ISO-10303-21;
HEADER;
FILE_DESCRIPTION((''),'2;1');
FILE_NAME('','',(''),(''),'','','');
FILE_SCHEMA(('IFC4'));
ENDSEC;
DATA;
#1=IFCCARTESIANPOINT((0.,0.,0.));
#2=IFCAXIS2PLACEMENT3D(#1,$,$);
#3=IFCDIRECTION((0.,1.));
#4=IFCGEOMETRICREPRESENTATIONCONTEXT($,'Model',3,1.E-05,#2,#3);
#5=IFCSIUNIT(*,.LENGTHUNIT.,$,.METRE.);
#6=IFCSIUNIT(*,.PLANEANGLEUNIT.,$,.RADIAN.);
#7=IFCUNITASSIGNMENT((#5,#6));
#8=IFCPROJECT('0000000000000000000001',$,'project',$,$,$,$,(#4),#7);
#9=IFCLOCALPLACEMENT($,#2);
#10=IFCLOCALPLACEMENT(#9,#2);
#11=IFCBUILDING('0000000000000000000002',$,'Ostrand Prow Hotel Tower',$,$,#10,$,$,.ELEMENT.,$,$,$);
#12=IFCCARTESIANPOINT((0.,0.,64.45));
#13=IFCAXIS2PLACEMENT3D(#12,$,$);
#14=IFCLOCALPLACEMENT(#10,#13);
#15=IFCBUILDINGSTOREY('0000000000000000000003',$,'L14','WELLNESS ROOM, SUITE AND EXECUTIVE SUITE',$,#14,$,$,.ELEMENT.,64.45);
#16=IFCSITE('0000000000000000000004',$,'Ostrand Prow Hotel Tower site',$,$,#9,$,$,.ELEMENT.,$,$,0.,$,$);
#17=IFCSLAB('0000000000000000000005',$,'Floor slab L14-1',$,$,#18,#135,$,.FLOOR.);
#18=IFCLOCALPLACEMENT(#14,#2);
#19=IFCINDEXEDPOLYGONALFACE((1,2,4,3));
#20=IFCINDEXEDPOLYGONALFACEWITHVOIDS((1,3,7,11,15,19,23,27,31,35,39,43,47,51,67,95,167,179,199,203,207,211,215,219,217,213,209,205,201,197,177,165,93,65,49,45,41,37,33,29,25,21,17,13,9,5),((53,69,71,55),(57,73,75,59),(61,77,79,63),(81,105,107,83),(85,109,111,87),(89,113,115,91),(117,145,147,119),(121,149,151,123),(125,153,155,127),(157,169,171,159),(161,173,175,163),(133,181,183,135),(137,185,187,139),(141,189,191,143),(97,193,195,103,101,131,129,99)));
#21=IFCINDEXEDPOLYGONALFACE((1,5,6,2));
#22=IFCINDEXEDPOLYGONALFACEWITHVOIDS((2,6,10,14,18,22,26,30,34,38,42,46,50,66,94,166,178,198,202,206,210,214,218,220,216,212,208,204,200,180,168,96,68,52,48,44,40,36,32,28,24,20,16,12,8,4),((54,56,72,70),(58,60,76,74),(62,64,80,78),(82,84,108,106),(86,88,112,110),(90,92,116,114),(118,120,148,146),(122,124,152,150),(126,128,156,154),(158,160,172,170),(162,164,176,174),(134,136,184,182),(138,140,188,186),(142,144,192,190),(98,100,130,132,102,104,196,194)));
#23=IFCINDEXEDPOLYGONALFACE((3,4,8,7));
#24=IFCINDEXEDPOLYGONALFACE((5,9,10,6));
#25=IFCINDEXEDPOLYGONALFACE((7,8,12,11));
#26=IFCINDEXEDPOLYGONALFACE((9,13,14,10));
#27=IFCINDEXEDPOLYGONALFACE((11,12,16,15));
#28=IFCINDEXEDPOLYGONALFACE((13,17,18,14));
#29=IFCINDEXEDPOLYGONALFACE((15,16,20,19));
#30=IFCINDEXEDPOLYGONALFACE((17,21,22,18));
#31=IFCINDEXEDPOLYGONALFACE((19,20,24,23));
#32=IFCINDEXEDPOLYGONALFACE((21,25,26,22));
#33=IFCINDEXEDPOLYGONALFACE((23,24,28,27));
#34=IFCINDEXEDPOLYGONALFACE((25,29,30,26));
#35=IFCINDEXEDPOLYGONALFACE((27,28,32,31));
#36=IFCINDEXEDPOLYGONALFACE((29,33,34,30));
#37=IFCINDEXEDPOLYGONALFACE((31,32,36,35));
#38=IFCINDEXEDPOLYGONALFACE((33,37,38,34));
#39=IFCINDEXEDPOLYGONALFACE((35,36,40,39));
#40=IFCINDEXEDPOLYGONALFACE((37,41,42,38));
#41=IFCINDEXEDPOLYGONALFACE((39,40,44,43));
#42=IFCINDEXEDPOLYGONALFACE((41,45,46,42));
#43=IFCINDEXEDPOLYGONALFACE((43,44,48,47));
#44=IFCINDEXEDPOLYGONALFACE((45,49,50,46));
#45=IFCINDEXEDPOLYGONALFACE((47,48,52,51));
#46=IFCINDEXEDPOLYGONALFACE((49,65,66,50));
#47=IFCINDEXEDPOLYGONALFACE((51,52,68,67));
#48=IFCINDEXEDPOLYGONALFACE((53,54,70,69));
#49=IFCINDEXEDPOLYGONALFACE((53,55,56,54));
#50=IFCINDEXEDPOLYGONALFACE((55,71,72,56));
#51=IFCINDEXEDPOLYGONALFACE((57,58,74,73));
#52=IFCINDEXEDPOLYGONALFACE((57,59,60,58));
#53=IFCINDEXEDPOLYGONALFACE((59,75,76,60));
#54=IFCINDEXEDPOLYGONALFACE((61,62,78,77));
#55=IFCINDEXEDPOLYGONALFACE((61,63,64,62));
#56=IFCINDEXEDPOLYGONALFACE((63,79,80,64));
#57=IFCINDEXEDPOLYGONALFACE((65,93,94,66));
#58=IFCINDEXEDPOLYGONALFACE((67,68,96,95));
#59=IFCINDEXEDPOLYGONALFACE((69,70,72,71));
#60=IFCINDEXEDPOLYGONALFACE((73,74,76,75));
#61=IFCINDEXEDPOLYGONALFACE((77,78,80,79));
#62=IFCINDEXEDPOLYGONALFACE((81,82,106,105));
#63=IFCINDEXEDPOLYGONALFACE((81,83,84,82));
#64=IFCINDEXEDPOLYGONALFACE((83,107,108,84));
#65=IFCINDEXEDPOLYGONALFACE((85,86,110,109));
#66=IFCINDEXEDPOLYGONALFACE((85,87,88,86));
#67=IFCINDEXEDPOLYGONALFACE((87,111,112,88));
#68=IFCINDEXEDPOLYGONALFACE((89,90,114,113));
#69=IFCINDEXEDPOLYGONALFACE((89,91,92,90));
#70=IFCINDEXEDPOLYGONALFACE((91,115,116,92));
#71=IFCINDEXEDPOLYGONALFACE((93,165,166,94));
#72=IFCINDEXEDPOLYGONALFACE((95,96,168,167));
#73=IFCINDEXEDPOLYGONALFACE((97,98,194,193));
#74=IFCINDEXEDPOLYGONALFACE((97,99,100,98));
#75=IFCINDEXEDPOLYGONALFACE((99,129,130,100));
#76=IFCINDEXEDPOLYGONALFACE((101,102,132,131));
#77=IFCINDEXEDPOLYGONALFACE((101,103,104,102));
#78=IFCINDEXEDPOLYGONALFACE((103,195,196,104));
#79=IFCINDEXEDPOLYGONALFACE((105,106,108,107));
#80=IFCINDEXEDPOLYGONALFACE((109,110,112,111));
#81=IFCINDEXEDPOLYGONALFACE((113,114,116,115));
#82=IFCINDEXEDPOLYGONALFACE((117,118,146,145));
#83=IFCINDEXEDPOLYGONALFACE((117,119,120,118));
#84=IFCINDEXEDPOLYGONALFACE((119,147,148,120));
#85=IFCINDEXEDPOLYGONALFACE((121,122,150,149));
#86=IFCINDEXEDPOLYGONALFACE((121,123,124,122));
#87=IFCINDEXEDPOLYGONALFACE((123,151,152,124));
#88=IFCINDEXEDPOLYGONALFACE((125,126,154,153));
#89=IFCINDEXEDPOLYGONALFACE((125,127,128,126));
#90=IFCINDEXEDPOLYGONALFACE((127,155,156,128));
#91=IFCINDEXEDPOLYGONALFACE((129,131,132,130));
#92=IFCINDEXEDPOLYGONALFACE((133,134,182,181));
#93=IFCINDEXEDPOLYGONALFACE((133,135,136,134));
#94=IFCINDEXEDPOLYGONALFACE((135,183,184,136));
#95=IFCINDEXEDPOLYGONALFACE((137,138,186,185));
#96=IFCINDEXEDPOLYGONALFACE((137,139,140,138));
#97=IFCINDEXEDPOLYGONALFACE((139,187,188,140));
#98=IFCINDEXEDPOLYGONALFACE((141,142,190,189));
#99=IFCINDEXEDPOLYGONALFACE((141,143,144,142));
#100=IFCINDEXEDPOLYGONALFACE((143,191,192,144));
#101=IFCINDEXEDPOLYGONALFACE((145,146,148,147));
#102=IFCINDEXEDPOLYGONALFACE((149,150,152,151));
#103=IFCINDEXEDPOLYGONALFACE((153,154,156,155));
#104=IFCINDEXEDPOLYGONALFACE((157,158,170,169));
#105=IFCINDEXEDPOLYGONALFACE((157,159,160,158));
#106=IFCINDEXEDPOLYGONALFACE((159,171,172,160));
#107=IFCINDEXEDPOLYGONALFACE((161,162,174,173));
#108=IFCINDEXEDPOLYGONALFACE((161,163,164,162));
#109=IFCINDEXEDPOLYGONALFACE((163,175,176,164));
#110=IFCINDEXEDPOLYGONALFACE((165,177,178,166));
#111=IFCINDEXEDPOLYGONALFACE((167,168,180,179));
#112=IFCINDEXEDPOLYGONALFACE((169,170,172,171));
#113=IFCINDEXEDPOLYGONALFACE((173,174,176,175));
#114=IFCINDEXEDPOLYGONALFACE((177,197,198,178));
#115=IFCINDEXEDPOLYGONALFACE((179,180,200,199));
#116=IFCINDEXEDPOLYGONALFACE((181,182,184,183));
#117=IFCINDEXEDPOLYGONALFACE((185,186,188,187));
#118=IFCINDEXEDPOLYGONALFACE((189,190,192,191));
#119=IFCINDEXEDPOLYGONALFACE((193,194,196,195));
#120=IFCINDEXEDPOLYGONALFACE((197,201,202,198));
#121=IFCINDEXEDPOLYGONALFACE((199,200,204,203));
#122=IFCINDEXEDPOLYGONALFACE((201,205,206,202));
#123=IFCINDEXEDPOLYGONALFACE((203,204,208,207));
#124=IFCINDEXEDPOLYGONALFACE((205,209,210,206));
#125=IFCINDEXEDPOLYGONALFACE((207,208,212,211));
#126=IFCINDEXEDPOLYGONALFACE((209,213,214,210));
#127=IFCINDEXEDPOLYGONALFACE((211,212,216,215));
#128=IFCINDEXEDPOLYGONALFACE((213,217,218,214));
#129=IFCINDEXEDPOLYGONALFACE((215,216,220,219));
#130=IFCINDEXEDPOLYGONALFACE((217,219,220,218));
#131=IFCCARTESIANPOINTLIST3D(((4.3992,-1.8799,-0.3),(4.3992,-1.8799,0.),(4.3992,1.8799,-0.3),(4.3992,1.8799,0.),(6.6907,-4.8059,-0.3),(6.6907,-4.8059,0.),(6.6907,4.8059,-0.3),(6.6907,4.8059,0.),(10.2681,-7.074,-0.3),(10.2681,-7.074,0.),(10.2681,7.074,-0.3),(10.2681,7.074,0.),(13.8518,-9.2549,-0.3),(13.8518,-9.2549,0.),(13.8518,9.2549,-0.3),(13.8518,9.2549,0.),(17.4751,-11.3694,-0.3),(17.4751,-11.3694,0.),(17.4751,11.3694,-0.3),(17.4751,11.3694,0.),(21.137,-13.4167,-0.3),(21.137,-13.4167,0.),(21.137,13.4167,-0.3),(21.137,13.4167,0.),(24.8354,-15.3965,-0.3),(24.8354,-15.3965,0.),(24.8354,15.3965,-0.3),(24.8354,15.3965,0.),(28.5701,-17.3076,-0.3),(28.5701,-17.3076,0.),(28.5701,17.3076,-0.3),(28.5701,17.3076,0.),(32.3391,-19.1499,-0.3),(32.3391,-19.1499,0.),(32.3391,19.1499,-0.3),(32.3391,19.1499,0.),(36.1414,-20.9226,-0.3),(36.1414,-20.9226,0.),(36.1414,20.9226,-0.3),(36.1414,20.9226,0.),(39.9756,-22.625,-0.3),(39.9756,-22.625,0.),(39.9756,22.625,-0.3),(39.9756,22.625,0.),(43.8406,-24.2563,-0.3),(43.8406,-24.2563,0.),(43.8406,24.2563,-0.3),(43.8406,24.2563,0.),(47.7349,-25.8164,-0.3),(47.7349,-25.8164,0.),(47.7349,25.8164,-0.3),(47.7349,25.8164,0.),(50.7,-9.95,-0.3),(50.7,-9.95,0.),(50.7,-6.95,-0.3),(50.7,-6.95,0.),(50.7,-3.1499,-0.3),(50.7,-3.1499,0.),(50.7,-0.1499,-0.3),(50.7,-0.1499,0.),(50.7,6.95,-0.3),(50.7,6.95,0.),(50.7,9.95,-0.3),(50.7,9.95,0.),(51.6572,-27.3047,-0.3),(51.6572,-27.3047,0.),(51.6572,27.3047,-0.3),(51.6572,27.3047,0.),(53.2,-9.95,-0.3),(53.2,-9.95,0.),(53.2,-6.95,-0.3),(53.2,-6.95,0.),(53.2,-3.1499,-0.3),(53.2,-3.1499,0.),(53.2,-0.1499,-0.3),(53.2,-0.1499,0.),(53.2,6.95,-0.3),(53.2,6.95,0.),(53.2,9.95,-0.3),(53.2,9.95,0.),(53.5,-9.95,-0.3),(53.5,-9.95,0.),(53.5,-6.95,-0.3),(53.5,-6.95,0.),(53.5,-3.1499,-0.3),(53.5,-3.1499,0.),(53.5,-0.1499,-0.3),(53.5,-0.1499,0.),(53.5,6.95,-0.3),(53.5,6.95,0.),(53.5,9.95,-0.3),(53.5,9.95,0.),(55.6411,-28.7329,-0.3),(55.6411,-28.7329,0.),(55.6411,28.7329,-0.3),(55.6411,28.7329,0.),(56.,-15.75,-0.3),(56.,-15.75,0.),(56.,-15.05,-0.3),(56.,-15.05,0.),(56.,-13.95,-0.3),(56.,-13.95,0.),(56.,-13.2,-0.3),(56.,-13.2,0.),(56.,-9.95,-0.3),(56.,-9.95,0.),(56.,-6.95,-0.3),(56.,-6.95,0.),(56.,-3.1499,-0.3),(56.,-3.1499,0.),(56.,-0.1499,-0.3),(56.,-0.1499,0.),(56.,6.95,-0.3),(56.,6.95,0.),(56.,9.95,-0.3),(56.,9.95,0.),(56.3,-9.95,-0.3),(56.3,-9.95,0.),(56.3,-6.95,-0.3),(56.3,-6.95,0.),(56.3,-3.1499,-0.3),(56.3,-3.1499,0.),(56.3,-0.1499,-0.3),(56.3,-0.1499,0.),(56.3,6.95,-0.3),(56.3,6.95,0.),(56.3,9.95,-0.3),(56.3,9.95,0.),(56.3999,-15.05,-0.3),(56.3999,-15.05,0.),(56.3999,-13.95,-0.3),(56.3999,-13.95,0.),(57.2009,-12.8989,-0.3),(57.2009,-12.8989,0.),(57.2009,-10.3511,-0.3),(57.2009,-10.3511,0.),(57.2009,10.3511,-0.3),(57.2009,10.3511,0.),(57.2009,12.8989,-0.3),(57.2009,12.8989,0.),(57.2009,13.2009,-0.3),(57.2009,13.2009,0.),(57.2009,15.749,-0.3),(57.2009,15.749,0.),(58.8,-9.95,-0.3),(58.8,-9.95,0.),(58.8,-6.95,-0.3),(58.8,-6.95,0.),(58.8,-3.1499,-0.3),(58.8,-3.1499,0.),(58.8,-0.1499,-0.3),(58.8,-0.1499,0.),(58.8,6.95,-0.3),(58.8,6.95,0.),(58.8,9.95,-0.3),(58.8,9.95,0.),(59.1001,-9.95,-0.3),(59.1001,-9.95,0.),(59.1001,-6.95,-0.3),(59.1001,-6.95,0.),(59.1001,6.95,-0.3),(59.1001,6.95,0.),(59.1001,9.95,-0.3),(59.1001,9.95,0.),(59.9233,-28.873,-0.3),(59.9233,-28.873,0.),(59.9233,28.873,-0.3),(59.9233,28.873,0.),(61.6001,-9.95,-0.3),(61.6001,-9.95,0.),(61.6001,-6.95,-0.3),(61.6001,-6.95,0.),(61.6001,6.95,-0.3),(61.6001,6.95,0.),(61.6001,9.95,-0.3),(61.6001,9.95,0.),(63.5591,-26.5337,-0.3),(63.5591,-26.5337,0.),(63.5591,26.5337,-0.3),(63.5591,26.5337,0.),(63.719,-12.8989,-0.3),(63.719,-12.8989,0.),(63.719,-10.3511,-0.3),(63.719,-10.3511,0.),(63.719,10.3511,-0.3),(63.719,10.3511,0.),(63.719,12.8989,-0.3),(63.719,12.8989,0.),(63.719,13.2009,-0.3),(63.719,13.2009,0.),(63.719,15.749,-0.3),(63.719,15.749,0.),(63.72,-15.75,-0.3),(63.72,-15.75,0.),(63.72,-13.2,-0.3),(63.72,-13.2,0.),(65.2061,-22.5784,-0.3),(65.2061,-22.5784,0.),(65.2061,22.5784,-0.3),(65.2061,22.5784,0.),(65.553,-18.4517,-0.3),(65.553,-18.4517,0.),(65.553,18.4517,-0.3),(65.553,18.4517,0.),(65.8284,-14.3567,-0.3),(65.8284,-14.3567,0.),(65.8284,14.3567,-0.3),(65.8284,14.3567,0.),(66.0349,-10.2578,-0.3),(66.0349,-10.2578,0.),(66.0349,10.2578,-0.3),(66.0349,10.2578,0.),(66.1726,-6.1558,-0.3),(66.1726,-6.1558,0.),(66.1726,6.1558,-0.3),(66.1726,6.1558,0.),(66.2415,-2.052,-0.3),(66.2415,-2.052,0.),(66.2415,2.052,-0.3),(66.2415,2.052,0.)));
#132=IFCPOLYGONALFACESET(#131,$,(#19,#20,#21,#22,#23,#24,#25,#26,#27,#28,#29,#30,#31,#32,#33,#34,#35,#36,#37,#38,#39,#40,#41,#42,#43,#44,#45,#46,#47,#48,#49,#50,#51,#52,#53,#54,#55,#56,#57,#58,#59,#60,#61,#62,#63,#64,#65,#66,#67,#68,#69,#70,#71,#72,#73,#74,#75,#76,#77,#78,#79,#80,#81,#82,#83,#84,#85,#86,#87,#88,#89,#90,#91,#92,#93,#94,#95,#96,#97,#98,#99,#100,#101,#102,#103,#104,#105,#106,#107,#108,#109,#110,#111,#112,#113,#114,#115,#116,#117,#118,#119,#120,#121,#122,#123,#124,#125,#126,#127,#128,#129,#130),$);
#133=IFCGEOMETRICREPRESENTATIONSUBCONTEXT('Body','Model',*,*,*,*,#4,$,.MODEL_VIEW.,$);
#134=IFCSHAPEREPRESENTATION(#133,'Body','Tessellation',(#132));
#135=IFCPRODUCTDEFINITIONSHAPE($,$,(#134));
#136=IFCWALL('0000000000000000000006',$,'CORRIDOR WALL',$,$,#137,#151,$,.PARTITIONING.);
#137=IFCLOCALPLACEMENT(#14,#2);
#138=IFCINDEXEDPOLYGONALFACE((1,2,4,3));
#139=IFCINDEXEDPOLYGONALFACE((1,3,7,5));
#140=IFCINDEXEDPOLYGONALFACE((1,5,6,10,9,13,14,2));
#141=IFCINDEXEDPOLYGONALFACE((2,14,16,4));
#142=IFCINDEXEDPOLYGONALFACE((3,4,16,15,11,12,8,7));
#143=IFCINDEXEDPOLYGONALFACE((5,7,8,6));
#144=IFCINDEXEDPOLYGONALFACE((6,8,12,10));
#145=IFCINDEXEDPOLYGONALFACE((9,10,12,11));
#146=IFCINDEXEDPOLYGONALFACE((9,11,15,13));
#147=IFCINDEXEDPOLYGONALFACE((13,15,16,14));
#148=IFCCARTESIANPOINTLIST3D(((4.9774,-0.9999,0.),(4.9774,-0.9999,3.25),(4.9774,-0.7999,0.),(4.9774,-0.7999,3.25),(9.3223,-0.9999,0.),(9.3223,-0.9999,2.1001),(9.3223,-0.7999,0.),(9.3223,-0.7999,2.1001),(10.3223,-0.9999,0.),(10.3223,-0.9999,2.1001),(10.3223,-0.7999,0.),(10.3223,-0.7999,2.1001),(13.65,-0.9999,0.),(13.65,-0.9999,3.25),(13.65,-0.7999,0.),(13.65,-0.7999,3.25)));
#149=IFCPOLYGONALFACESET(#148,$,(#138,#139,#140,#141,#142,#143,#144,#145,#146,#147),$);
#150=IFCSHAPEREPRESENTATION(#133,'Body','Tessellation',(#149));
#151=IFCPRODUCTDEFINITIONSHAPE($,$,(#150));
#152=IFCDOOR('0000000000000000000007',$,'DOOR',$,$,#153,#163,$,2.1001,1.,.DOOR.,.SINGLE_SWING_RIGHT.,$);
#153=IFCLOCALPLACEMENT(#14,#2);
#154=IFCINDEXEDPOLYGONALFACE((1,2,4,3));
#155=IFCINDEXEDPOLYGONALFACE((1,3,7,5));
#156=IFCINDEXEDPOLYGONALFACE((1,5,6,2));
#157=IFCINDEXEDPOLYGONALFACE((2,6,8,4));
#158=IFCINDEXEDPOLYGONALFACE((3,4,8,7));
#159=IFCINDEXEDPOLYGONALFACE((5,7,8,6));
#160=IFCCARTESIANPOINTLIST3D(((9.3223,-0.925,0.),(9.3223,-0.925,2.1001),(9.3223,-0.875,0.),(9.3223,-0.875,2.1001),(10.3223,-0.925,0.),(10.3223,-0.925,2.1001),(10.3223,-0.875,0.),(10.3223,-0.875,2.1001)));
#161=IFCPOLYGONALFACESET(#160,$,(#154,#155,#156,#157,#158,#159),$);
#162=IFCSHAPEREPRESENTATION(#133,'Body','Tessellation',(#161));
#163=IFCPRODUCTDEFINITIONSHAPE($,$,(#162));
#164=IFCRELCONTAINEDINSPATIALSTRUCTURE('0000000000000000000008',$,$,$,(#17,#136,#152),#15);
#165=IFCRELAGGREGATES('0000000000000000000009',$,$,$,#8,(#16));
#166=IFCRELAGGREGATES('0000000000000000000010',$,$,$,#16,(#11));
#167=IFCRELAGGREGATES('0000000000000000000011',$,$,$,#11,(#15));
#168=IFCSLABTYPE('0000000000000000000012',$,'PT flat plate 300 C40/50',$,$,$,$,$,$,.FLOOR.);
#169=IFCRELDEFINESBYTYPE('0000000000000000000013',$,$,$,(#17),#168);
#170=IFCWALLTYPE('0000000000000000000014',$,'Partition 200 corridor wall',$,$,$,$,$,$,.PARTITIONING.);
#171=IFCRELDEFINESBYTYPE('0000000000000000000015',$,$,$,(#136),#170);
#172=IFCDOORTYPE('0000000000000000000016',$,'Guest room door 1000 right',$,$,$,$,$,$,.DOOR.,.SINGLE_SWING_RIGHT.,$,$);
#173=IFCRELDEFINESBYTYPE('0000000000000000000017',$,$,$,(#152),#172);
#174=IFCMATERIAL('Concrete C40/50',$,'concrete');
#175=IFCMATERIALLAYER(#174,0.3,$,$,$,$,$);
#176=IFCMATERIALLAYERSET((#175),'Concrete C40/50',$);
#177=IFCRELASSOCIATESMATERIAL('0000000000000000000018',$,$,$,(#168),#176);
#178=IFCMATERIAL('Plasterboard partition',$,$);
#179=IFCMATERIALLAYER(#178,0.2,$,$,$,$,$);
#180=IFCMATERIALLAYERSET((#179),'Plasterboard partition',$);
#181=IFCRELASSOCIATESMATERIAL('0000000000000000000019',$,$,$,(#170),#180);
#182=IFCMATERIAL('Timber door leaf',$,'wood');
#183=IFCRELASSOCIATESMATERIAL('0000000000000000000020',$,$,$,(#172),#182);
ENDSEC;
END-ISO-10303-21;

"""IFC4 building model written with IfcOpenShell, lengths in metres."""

from ifc_helpers import new_model, si_unit, direction, frame, frame_2d, origin, place, context, subcontext, project, spatial, polyline, rectangle, outline, extrude, material, layer, layer_set, type_object, element, fill, save


model = new_model("IFC4")

# Units and contexts
model_context = context("Model", 3, precision=1e-05, world=origin(), true_north=direction((0.0, 1.0)))
body_context = subcontext(model_context, "Body", "Model", "MODEL_VIEW")
ifc_project = project(units=[si_unit("LENGTHUNIT", "METRE"), si_unit("PLANEANGLEUNIT", "RADIAN")], contexts=[model_context])

# Site, building, storey
site_placement = place(None, origin())
site = spatial("IfcSite", under=ifc_project, at=site_placement, Name="Ostrand Prow Hotel Tower site", CompositionType="ELEMENT", RefElevation=0.0)
building_placement = place(site_placement, origin())
building = spatial("IfcBuilding", under=site, at=building_placement, Name="Ostrand Prow Hotel Tower", CompositionType="ELEMENT")
storey_placement = place(building_placement, frame((0.0, 0.0, 64.45)))
storey = spatial("IfcBuildingStorey", under=building, at=storey_placement, Name="L14", Description="WELLNESS ROOM, SUITE AND EXECUTIVE SUITE", CompositionType="ELEMENT", Elevation=64.45)

# Slab, opening
ifc_material_1 = material(Name="Concrete C40/50", Category="concrete")
ifc_layer_1 = layer(ifc_material_1, 0.3)
ifc_layer_set_1 = layer_set([ifc_layer_1], Name="Concrete C40/50")
slab_type = type_object("IfcSlabType", Name="PT flat plate 300 C40/50", PredefinedType="FLOOR", material=ifc_layer_set_1)
slab_placement = place(storey_placement, frame((0.0, 0.0, -0.3)))
slab = element("IfcSlab", 1, at=slab_placement, inside=storey, type_object=slab_type, Name="Floor slab L14-1", PredefinedType="FLOOR", context=body_context, shape_type="SweptSolid", body=[
    extrude(outline(polyline([(6.6907, 4.8059), (10.2681, 7.074), (13.8518, 9.2549), (17.4751, 11.3694), (21.137, 13.4167), (24.8354, 15.3965), (28.5701, 17.3076), (32.3391, 19.1499), (36.1414, 20.9226), (39.9756, 22.625), (43.8406, 24.2563), (47.7349, 25.8164), (51.6572, 27.3047), (55.6411, 28.7329), (59.9233, 28.873), (63.5591, 26.5337), (65.2061, 22.5784), (65.553, 18.4517), (65.8284, 14.3567), (66.0349, 10.2578), (66.1726, 6.1558), (66.2415, 2.052), (66.2415, -2.052), (66.1726, -6.1558), (66.0349, -10.2578), (65.8284, -14.3567), (65.553, -18.4517), (65.2061, -22.5784), (63.5591, -26.5337), (59.9233, -28.873), (55.6411, -28.7329), (51.6572, -27.3047), (47.7349, -25.8164), (43.8406, -24.2563), (39.9756, -22.625), (36.1414, -20.9226), (32.3391, -19.1499), (28.5701, -17.3076), (24.8354, -15.3965), (21.137, -13.4167), (17.4751, -11.3694), (13.8518, -9.2549), (10.2681, -7.074), (6.6907, -4.8059), (4.3992, -1.8799), (4.3992, 1.8799), (6.6907, 4.8059)]), holes=[polyline([(50.7, 6.95), (53.2, 6.95), (53.2, 9.95), (50.7, 9.95), (50.7, 6.95)]), polyline([(53.5, 6.95), (56.0, 6.95), (56.0, 9.95), (53.5, 9.95), (53.5, 6.95)]), polyline([(56.3, 6.95), (58.8, 6.95), (58.8, 9.95), (56.3, 9.95), (56.3, 6.95)]), polyline([(59.1001, 6.95), (61.6001, 6.95), (61.6001, 9.95), (59.1001, 9.95), (59.1001, 6.95)]), polyline([(50.7, -3.1499), (53.2, -3.1499), (53.2, -0.1499), (50.7, -0.1499), (50.7, -3.1499)]), polyline([(53.5, -3.1499), (56.0, -3.1499), (56.0, -0.1499), (53.5, -0.1499), (53.5, -3.1499)]), polyline([(56.3, -3.1499), (58.8, -3.1499), (58.8, -0.1499), (56.3, -0.1499), (56.3, -3.1499)]), polyline([(50.7, -9.95), (53.2, -9.95), (53.2, -6.95), (50.7, -6.95), (50.7, -9.95)]), polyline([(53.5, -9.95), (56.0, -9.95), (56.0, -6.95), (53.5, -6.95), (53.5, -9.95)]), polyline([(56.3, -9.95), (58.8, -9.95), (58.8, -6.95), (56.3, -6.95), (56.3, -9.95)]), polyline([(59.1001, -9.95), (61.6001, -9.95), (61.6001, -6.95), (59.1001, -6.95), (59.1001, -9.95)]), polyline([(57.2009, 10.3511), (57.2009, 12.8989), (63.719, 12.8989), (63.719, 10.3511), (57.2009, 10.3511)]), polyline([(57.2009, 13.2009), (57.2009, 15.749), (63.719, 15.749), (63.719, 13.2009), (57.2009, 13.2009)]), polyline([(57.2009, -12.8989), (57.2009, -10.3511), (63.719, -10.3511), (63.719, -12.8989), (57.2009, -12.8989)]), polyline([(56.0, -13.2), (63.72, -13.2), (63.72, -15.75), (56.0, -15.75), (56.0, -15.05), (56.3999, -15.05), (56.3999, -13.95), (56.0, -13.95), (56.0, -13.2)])]), origin(), (0.0, 0.0, 1.0), 0.3),
])
opening_1_placement = place(slab_placement, origin())
element("IfcOpeningElement", 2, at=opening_1_placement, cuts=slab, PredefinedType="OPENING", context=body_context, shape_type="SweptSolid", body=[
    extrude(outline(polyline([(56.0, -13.2), (63.72, -13.2), (63.72, -15.75), (56.0, -15.75), (56.0, -15.05), (56.3999, -15.05), (56.3999, -13.95), (56.0, -13.95), (56.0, -13.2)])), origin(), (0.0, 0.0, 1.0), 0.3),
])

# Wall, opening, door
ifc_material_2 = material(Name="Plasterboard partition")
ifc_layer_2 = layer(ifc_material_2, 0.2)
ifc_layer_set_2 = layer_set([ifc_layer_2], Name="Plasterboard partition")
wall_type_1 = type_object("IfcWallType", Name="Partition 200 corridor wall", PredefinedType="PARTITIONING", material=ifc_layer_set_2)
wall_1_placement = place(storey_placement, frame((4.9773, -0.8999, 0.0), z_axis=(0.0, 0.0, 1.0), x_axis=(1.0, 0.0, 0.0)))
wall_1 = element("IfcWall", 3, at=wall_1_placement, inside=storey, type_object=wall_type_1, Name="CORRIDOR WALL", PredefinedType="PARTITIONING", context=body_context, shape_type="SweptSolid", body=[
    extrude(rectangle(XDim=8.6726, YDim=0.2, at=frame_2d((4.3364, 0.0))), origin(), (0.0, 0.0, 1.0), 3.25),
])
opening_2_placement = place(wall_1_placement, frame((4.345, 0.0, 0.0)))
opening_2 = element("IfcOpeningElement", 4, at=opening_2_placement, cuts=wall_1, PredefinedType="OPENING", context=body_context, shape_type="SweptSolid", body=[
    extrude(rectangle(XDim=1.0, YDim=2.1001, at=frame_2d((0.5, 1.05))), frame((0.0, 0.1099, 0.0), z_axis=(0.0, -1.0, 0.0), x_axis=(1.0, 0.0, 0.0)), (0.0, 0.0, 1.0), 0.22),
])
ifc_material_3 = material(Name="Timber door leaf", Category="wood")
door_type = type_object("IfcDoorType", Name="Guest room door 1000 right", OperationType="SINGLE_SWING_RIGHT", PredefinedType="DOOR", material=ifc_material_3)
door_placement = place(opening_2_placement, origin())
door = element("IfcDoor", 5, at=door_placement, inside=storey, type_object=door_type, Name="DOOR", OperationType="SINGLE_SWING_RIGHT", OverallHeight=2.1001, OverallWidth=1.0, PredefinedType="DOOR", context=body_context, shape_type="SweptSolid", body=[
    extrude(rectangle(XDim=1.0, YDim=2.1001, at=frame_2d((0.5, 1.05))), frame((0.0, 0.0249, 0.0), z_axis=(0.0, -1.0, 0.0), x_axis=(1.0, 0.0, 0.0)), (0.0, 0.0, 1.0), 0.05),
])
fill(opening_2, door)

save(model, "model.ifc")
